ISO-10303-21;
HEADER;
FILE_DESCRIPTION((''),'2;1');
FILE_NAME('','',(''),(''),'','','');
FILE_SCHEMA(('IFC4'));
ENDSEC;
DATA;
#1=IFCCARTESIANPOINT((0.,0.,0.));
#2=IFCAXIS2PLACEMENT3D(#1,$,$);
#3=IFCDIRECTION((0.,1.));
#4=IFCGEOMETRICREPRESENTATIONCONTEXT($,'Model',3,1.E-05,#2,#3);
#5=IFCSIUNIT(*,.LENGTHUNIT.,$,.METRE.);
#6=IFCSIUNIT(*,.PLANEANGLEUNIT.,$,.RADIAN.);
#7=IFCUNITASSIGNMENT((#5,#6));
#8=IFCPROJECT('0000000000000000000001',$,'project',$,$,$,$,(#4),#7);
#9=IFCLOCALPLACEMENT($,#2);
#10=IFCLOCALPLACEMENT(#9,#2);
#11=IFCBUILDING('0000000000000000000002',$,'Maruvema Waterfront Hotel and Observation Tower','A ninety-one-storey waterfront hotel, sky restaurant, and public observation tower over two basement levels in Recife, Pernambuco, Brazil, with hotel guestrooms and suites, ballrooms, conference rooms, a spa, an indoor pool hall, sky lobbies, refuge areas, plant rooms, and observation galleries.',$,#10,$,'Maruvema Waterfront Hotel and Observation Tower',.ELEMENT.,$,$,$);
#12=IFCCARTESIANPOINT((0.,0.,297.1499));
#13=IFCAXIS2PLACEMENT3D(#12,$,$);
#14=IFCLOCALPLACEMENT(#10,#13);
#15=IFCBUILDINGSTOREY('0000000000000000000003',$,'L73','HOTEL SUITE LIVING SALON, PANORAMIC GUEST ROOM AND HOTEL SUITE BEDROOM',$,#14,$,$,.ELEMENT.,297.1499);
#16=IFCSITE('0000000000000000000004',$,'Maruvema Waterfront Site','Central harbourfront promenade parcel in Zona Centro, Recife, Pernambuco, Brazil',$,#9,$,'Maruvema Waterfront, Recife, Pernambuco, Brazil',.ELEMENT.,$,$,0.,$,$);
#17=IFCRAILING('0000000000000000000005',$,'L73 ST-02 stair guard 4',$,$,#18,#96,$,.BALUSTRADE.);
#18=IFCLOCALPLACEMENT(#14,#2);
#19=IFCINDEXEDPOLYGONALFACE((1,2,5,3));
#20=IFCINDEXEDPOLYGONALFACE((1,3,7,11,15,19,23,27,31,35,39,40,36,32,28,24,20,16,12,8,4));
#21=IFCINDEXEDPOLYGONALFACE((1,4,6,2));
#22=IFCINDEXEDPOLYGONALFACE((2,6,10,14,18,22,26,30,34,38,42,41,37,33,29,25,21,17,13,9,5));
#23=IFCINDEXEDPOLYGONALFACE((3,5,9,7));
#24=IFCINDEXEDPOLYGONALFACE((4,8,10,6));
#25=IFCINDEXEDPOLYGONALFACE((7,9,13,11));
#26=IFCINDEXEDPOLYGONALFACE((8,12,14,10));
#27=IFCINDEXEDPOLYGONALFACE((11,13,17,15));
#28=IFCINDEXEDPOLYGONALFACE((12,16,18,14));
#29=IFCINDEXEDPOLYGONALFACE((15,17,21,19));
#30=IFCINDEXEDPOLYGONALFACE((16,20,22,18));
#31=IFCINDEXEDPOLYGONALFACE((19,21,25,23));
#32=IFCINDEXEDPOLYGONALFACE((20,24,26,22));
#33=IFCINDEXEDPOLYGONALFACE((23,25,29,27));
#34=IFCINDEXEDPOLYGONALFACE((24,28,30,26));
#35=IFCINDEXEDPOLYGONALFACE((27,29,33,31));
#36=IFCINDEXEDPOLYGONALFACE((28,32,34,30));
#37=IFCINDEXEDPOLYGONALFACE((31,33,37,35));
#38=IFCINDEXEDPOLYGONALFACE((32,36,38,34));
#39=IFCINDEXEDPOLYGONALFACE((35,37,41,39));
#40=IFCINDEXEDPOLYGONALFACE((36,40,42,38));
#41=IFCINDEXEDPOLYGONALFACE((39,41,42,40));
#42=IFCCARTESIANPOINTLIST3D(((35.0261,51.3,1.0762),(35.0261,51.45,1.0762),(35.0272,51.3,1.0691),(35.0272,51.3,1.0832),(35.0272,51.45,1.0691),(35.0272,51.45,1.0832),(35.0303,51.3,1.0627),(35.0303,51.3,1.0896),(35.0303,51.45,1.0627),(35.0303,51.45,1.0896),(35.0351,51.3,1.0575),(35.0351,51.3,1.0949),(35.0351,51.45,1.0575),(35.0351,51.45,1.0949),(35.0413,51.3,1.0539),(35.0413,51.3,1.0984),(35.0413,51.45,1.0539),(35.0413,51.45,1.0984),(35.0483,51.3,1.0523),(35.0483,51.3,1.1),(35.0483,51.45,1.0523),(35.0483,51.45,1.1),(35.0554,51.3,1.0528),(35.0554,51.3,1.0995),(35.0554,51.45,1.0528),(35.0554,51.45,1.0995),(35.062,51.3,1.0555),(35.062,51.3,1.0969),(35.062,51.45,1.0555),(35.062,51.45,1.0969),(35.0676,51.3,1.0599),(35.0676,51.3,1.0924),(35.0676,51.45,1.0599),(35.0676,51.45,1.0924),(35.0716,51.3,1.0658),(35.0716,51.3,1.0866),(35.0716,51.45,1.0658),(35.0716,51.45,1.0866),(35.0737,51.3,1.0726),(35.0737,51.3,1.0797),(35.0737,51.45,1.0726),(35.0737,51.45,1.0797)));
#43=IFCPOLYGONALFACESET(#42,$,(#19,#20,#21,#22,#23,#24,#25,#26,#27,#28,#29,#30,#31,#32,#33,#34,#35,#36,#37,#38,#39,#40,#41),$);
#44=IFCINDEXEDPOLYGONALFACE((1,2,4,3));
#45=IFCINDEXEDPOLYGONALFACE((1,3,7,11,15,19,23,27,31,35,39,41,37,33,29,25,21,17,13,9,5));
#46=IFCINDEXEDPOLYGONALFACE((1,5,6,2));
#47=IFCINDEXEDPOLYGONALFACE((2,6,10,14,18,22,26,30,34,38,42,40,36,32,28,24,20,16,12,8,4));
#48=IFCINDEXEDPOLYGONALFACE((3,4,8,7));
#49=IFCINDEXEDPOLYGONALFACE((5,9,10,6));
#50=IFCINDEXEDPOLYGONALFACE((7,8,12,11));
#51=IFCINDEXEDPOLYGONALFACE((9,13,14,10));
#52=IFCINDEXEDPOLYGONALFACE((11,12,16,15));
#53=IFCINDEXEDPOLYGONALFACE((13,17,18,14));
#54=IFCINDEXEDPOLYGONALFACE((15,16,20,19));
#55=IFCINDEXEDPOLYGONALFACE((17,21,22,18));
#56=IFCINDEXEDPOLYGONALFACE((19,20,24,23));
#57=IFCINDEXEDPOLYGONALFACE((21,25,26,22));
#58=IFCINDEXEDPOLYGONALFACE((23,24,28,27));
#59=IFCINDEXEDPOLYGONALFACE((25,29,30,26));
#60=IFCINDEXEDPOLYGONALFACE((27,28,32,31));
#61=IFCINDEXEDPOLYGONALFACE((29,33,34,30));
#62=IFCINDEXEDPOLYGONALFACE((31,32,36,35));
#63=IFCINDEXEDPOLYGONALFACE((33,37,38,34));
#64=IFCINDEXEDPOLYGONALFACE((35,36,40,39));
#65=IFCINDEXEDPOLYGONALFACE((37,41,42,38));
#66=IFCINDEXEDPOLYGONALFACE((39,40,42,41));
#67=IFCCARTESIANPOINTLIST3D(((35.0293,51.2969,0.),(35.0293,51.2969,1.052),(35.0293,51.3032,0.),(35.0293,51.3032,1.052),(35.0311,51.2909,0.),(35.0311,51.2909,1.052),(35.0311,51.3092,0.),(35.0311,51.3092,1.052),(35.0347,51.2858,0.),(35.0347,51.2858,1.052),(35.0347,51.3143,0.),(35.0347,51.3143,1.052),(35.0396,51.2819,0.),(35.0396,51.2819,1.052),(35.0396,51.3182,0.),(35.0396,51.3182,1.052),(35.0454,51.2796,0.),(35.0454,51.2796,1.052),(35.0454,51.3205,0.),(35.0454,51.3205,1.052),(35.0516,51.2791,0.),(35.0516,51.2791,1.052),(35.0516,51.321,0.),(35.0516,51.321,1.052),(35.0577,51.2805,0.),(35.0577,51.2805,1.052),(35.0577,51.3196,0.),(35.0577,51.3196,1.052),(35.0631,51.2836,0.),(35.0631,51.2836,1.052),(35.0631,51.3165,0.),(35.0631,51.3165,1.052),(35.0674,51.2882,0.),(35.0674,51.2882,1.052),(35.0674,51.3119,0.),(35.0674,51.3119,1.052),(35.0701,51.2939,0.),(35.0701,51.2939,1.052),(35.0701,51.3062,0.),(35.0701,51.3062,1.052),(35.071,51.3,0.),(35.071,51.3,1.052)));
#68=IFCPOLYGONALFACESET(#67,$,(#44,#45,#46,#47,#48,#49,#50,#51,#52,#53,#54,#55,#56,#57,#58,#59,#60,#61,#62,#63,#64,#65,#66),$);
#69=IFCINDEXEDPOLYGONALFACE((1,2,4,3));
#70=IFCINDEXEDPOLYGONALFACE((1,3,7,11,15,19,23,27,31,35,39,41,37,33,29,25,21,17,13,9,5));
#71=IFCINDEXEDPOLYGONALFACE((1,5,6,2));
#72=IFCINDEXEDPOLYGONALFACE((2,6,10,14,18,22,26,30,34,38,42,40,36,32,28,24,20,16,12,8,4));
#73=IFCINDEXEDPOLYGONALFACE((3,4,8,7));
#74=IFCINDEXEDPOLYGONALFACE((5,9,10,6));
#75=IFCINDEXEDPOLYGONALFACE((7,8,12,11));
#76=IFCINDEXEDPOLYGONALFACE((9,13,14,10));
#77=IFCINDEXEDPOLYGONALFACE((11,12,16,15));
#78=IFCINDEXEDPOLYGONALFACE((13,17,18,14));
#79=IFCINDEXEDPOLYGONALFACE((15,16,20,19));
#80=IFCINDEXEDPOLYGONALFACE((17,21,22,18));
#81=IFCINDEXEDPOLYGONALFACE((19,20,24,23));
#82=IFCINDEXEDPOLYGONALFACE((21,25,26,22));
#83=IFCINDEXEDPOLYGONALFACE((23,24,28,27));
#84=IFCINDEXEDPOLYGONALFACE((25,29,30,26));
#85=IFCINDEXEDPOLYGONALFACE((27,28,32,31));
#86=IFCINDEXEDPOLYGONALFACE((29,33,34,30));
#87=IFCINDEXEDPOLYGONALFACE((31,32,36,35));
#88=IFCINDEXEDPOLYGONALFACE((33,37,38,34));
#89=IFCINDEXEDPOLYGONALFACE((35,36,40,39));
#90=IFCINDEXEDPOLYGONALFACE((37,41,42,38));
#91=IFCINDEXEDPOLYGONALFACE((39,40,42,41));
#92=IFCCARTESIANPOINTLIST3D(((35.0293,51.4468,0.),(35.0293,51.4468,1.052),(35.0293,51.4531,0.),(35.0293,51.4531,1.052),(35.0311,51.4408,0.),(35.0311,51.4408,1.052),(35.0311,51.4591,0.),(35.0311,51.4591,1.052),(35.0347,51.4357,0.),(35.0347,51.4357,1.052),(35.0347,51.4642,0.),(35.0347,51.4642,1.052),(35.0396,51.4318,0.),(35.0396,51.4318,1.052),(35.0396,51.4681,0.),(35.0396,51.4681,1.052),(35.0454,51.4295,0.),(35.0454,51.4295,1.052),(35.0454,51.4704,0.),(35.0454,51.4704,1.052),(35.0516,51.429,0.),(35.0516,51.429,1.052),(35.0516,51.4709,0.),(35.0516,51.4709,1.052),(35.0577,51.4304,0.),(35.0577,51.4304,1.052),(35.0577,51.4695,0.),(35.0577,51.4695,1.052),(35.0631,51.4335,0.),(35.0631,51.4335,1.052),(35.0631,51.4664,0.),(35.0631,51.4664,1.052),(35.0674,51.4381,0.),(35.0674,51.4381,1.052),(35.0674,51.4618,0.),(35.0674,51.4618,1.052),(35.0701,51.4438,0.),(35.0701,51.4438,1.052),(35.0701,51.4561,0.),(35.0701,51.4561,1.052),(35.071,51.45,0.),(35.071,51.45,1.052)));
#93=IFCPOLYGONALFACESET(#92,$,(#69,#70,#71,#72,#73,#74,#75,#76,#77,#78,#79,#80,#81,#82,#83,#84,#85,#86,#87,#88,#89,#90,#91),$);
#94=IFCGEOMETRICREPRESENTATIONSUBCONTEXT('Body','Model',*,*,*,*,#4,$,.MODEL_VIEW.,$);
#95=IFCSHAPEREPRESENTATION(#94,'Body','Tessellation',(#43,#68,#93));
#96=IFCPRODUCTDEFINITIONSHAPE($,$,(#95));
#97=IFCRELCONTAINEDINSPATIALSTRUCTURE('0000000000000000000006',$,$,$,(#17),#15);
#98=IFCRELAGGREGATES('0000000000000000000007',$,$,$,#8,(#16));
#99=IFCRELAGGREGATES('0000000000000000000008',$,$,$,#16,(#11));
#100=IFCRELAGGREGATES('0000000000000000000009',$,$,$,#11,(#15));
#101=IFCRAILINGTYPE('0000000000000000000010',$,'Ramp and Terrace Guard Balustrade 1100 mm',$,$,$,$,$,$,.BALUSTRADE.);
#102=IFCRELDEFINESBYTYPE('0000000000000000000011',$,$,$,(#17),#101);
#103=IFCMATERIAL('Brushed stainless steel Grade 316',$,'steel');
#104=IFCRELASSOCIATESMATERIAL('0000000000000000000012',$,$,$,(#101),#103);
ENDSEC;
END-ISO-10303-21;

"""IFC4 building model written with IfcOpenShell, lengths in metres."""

from ifc_helpers import new_model, si_unit, direction, frame, origin, origin_2d, place, context, subcontext, project, spatial, circle, extrude, material, type_object, element, save


model = new_model("IFC4")

# Units and contexts
model_context = context("Model", 3, precision=1e-05, world=origin(), true_north=direction((0.0, 1.0)))
body_context = subcontext(model_context, "Body", "Model", "MODEL_VIEW")
ifc_project = project(units=[si_unit("LENGTHUNIT", "METRE"), si_unit("PLANEANGLEUNIT", "RADIAN")], contexts=[model_context])

# Site, building, storey
site_placement = place(None, origin())
site = spatial("IfcSite", under=ifc_project, at=site_placement, Name="Maruvema Waterfront Site", Description="Central harbourfront promenade parcel in Zona Centro, Recife, Pernambuco, Brazil", LongName="Maruvema Waterfront, Recife, Pernambuco, Brazil", CompositionType="ELEMENT", RefElevation=0.0)
building_placement = place(site_placement, origin())
building = spatial("IfcBuilding", under=site, at=building_placement, Name="Maruvema Waterfront Hotel and Observation Tower", Description="A ninety-one-storey waterfront hotel, sky restaurant, and public observation tower over two basement levels in Recife, Pernambuco, Brazil, with hotel guestrooms and suites, ballrooms, conference rooms, a spa, an indoor pool hall, sky lobbies, refuge areas, plant rooms, and observation galleries.", LongName="Maruvema Waterfront Hotel and Observation Tower", CompositionType="ELEMENT")
storey_placement = place(building_placement, frame((0.0, 0.0, 297.1499)))
storey = spatial("IfcBuildingStorey", under=building, at=storey_placement, Name="L73", Description="HOTEL SUITE LIVING SALON, PANORAMIC GUEST ROOM AND HOTEL SUITE BEDROOM", CompositionType="ELEMENT", Elevation=297.1499)

# Railing
ifc_material_1 = material(Name="Brushed stainless steel Grade 316", Category="steel")
railing_type_1 = type_object("IfcRailingType", Name="Ramp and Terrace Guard Balustrade 1100 mm", PredefinedType="BALUSTRADE", material=ifc_material_1)
railing_1_placement = place(storey_placement, frame((35.05, 51.3, 0.0)))
element("IfcRailing", 1, at=railing_1_placement, inside=storey, type_object=railing_type_1, Name="L73 ST-02 stair guard 4", PredefinedType="BALUSTRADE", context=body_context, shape_type="SweptSolid", body=[
    extrude(circle(Radius=0.0239, at=origin_2d()), frame((0.0, 0.0, 1.0762), z_axis=(0.0, 1.0, 0.0), x_axis=(-1.0, 0.0, 0.0)), (0.0, 0.0, 1.0), 0.1499),
    extrude(circle(Radius=0.021, at=origin_2d()), origin(), (0.0, 0.0, 1.0), 1.052),
    extrude(circle(Radius=0.021, at=origin_2d()), frame((0.0, 0.1499, 0.0)), (0.0, 0.0, 1.0), 1.052),
])

save(model, "model.ifc")
